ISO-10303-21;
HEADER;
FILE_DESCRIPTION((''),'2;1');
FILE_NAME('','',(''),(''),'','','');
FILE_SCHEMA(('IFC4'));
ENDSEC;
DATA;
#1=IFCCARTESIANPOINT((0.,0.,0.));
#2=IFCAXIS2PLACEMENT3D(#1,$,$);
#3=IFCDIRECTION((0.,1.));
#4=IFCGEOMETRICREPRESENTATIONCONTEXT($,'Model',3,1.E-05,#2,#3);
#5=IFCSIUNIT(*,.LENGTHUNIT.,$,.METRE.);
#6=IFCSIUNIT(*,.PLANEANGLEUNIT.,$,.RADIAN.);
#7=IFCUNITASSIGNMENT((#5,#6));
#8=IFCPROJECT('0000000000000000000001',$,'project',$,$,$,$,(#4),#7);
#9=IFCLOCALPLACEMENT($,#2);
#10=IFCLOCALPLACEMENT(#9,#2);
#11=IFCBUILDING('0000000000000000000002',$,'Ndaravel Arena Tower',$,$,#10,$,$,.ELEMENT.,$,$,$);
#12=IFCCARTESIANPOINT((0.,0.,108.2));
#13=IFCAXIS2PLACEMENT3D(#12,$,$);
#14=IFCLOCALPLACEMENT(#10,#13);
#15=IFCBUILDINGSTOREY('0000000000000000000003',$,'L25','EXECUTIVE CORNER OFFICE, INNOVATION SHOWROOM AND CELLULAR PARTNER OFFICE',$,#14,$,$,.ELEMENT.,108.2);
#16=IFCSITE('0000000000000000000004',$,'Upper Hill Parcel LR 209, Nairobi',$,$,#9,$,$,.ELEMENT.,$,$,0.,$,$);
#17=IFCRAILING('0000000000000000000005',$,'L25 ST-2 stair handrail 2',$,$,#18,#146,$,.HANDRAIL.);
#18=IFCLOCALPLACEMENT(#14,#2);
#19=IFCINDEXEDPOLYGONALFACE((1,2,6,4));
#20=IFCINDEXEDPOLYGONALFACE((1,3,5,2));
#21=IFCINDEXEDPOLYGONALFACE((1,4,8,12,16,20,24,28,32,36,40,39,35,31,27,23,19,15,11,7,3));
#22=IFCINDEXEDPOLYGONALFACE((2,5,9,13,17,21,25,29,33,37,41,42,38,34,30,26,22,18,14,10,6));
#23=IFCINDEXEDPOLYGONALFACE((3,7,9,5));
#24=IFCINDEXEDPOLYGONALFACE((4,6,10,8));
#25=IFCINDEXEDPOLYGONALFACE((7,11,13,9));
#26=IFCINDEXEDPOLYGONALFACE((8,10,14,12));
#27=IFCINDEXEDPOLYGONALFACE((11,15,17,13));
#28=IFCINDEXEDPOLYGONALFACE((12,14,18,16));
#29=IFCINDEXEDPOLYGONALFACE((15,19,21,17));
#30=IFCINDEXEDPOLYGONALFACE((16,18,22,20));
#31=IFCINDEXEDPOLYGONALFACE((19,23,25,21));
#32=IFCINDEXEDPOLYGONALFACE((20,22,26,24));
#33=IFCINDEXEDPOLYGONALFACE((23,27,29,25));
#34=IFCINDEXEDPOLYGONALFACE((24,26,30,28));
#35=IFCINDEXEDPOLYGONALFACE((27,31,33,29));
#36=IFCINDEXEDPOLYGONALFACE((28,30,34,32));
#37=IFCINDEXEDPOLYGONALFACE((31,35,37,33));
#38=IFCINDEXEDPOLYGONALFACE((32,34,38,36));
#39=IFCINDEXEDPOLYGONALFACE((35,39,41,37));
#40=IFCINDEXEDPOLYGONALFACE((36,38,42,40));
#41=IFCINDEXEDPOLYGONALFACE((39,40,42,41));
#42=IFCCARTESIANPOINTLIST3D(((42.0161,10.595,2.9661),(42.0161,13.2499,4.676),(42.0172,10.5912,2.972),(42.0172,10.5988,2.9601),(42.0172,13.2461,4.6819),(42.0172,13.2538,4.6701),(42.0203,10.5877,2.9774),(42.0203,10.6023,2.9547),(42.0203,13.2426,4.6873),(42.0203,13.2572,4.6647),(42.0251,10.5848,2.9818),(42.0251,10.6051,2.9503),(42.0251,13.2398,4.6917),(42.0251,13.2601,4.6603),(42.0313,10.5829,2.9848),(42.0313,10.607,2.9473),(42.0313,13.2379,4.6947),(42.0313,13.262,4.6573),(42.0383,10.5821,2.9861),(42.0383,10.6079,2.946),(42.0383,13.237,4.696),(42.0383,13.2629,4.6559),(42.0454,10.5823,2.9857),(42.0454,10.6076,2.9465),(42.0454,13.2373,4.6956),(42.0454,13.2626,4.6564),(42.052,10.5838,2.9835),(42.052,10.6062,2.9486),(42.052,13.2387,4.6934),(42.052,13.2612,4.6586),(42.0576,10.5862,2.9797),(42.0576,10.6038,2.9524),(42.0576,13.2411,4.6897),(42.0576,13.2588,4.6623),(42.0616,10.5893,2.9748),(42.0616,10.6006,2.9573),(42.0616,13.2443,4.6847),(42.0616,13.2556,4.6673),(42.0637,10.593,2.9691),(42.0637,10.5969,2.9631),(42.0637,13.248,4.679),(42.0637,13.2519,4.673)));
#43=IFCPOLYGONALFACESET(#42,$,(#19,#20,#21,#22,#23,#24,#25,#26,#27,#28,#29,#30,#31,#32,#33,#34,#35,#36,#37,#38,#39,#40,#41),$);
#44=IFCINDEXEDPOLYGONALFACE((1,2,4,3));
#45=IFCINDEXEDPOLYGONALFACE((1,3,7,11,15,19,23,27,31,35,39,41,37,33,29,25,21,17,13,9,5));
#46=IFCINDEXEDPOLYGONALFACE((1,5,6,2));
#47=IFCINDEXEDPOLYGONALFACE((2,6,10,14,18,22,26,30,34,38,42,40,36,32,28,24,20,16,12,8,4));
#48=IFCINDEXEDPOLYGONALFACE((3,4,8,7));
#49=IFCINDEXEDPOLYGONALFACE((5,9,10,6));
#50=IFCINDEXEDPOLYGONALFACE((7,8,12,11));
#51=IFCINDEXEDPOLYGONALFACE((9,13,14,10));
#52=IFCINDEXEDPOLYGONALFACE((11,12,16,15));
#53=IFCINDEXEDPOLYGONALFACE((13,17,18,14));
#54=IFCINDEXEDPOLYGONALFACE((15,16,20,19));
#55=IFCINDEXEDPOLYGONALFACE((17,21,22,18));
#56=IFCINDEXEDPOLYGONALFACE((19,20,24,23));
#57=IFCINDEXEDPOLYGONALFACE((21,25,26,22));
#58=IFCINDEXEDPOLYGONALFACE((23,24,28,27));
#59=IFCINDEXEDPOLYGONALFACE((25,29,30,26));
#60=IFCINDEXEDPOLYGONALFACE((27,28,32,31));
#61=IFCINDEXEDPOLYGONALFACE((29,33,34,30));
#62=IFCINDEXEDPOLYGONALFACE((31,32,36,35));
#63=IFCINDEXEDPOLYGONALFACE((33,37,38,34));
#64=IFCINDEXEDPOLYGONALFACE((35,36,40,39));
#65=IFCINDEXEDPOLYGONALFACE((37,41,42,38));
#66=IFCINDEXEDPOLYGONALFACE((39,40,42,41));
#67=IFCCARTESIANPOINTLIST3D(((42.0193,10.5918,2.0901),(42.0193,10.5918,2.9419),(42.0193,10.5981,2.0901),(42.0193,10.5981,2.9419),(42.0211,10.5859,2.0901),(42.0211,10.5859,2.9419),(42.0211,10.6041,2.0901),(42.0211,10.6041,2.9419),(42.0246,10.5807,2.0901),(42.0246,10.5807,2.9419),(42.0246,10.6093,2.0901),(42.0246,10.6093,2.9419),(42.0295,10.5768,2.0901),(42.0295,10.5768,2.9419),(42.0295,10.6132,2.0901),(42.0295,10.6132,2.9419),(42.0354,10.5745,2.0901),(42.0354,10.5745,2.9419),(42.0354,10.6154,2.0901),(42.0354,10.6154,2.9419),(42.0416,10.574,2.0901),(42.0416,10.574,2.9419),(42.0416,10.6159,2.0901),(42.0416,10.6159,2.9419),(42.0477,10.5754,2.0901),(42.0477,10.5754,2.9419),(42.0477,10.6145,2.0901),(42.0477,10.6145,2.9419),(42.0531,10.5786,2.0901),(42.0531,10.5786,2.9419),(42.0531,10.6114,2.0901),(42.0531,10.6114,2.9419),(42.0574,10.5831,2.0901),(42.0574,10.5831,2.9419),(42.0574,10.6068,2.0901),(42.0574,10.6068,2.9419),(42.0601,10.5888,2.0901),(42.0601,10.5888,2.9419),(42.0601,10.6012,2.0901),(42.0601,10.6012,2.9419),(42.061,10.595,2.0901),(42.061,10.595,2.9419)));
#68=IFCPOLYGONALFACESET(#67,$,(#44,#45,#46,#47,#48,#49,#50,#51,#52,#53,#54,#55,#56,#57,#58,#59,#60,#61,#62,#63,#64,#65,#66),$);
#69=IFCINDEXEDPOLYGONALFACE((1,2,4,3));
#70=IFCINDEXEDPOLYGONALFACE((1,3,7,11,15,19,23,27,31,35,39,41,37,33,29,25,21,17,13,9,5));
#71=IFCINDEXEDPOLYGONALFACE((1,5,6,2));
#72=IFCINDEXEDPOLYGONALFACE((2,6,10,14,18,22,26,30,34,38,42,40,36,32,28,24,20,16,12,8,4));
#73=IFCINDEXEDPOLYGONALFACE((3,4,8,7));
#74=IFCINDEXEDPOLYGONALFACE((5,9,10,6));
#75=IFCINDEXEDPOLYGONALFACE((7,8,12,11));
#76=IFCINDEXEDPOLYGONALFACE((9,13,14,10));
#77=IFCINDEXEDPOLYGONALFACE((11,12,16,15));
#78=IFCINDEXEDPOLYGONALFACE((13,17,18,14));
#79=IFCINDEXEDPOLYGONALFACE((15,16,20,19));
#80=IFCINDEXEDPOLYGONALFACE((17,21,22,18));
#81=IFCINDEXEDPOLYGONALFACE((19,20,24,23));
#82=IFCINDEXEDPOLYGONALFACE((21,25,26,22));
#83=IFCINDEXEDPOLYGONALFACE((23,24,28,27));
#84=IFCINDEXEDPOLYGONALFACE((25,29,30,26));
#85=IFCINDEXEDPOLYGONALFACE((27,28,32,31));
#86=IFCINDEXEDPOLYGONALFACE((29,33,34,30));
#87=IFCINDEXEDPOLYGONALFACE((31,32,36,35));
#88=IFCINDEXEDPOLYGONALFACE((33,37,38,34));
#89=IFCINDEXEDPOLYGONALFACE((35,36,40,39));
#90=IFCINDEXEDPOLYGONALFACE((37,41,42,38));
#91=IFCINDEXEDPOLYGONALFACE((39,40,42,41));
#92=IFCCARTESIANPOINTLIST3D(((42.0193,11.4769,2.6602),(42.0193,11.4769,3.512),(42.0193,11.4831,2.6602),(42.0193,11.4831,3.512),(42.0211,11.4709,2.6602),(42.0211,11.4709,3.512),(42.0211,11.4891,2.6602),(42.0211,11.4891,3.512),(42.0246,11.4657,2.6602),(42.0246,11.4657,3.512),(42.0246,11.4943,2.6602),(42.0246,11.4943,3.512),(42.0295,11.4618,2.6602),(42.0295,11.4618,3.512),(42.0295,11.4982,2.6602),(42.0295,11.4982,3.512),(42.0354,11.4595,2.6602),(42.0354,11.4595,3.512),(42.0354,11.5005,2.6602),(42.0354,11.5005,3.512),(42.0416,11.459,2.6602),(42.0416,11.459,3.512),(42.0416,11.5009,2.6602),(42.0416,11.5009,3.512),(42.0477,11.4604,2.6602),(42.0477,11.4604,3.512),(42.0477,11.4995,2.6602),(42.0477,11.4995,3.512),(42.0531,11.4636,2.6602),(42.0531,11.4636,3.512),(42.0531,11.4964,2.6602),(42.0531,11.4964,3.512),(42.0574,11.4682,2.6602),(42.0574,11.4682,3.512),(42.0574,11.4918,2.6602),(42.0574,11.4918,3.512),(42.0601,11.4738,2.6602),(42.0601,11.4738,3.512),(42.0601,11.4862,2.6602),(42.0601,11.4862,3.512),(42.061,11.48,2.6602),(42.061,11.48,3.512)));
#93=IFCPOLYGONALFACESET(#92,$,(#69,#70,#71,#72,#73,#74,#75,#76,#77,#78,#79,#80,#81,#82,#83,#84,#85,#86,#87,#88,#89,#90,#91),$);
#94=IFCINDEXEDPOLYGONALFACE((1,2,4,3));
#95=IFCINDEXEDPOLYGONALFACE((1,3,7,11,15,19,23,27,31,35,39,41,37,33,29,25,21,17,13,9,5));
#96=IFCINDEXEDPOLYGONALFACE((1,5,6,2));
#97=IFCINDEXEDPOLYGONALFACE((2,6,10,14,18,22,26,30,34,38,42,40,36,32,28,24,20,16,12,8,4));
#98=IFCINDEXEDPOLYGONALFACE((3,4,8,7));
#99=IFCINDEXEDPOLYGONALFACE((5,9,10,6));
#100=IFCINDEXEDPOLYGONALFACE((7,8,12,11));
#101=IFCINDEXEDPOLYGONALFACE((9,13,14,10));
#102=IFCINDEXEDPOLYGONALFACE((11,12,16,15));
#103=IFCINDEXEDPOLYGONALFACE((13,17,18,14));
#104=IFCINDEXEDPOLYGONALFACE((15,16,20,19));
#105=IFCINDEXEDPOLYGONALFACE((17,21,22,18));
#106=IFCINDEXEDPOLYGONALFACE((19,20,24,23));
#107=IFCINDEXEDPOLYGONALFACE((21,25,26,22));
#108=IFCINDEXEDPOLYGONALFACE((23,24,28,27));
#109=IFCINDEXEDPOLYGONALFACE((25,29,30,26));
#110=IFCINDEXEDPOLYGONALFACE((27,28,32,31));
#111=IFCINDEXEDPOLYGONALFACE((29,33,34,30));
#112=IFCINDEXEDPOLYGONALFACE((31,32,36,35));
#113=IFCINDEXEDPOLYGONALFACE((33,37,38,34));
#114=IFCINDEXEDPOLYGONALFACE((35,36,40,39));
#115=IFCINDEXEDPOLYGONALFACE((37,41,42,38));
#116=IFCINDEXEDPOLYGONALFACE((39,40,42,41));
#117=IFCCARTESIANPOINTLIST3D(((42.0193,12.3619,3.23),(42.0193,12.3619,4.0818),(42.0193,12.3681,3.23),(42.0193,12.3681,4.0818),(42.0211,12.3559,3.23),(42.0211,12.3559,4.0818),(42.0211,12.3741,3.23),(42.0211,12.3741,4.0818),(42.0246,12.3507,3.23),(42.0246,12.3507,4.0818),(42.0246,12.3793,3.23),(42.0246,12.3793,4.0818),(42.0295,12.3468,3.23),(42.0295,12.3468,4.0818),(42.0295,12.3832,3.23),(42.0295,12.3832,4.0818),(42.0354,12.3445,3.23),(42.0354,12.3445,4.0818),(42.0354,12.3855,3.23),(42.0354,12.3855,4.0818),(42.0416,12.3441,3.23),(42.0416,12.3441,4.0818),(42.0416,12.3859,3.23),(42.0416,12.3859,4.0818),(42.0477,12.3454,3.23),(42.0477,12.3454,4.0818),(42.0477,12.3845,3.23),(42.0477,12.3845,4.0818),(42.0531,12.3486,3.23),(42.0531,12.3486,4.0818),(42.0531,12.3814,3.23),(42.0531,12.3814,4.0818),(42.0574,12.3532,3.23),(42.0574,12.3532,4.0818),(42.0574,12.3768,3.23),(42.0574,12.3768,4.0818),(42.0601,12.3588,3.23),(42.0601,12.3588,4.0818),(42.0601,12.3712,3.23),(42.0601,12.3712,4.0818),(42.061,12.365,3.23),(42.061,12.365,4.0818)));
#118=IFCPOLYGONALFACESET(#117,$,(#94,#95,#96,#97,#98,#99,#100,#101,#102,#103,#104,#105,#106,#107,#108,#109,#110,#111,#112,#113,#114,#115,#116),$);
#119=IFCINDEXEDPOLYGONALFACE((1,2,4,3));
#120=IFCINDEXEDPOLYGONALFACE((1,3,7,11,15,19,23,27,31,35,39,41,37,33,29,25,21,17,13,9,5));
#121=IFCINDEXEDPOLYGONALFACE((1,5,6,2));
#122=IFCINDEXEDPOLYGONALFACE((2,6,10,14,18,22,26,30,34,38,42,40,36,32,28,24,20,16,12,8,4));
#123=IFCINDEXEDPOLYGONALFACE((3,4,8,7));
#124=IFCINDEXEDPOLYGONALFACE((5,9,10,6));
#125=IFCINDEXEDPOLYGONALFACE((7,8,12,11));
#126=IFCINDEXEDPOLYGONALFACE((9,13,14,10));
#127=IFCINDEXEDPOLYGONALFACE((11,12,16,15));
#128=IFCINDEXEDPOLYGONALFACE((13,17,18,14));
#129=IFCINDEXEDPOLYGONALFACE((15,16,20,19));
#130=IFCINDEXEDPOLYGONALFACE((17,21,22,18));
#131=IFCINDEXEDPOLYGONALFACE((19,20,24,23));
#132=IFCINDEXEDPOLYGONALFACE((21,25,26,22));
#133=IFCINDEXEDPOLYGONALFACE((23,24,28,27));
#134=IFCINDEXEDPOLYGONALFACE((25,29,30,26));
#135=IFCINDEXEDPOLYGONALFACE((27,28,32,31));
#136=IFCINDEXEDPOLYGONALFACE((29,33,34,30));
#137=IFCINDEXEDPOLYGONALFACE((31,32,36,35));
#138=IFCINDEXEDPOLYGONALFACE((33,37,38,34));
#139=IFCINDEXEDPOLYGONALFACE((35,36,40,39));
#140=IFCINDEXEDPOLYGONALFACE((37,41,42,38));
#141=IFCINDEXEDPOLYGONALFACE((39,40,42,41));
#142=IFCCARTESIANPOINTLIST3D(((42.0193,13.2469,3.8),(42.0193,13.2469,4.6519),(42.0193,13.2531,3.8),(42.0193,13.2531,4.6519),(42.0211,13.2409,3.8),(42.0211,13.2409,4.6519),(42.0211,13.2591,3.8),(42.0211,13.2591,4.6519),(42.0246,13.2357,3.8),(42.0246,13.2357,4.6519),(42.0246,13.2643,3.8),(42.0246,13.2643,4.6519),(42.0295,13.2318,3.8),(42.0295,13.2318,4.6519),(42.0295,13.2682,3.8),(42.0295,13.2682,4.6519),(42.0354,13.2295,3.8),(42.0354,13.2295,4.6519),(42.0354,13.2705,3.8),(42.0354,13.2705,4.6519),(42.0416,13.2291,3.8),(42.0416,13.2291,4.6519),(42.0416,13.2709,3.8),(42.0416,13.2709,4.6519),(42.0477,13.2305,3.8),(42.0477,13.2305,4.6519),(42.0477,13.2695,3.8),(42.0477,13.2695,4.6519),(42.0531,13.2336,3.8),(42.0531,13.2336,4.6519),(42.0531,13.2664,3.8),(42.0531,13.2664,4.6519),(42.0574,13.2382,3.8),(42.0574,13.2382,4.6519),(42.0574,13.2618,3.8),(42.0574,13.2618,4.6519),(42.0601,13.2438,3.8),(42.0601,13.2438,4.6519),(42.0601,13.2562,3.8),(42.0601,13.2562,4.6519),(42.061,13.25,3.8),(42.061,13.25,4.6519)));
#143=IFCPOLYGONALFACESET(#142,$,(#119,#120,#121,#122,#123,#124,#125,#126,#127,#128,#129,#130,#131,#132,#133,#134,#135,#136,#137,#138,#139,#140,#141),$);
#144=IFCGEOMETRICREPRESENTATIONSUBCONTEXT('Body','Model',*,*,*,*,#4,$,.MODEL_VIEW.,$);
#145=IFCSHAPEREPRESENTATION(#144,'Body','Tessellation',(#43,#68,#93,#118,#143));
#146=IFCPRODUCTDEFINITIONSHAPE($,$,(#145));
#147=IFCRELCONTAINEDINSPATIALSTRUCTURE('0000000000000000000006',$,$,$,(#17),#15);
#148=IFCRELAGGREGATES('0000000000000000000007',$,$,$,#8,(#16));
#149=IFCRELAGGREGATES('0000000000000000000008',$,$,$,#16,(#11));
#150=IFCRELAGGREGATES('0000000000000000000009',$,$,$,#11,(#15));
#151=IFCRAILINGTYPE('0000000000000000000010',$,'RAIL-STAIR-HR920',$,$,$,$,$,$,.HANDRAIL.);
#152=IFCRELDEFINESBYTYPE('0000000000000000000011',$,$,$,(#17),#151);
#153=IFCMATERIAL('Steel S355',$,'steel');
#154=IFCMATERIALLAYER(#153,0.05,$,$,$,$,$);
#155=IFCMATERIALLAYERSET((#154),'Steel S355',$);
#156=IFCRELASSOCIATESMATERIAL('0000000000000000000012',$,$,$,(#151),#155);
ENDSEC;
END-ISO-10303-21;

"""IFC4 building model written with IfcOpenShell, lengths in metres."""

from ifc_helpers import new_model, si_unit, direction, frame, origin, origin_2d, place, context, subcontext, project, spatial, circle, extrude, material, layer, layer_set, type_object, element, save


model = new_model("IFC4")

# Units and contexts
model_context = context("Model", 3, precision=1e-05, world=origin(), true_north=direction((0.0, 1.0)))
body_context = subcontext(model_context, "Body", "Model", "MODEL_VIEW")
ifc_project = project(units=[si_unit("LENGTHUNIT", "METRE"), si_unit("PLANEANGLEUNIT", "RADIAN")], contexts=[model_context])

# Site, building, storey
site_placement = place(None, origin())
site = spatial("IfcSite", under=ifc_project, at=site_placement, Name="Upper Hill Parcel LR 209, Nairobi", CompositionType="ELEMENT", RefElevation=0.0)
building_placement = place(site_placement, origin())
building = spatial("IfcBuilding", under=site, at=building_placement, Name="Ndaravel Arena Tower", CompositionType="ELEMENT")
storey_placement = place(building_placement, frame((0.0, 0.0, 108.2)))
storey = spatial("IfcBuildingStorey", under=building, at=storey_placement, Name="L25", Description="EXECUTIVE CORNER OFFICE, INNOVATION SHOWROOM AND CELLULAR PARTNER OFFICE", CompositionType="ELEMENT", Elevation=108.2)

# Railing
ifc_material_1 = material(Name="Steel S355", Category="steel")
ifc_layer_1 = layer(ifc_material_1, 0.05)
ifc_layer_set_1 = layer_set([ifc_layer_1], Name="Steel S355")
railing_type_1 = type_object("IfcRailingType", Name="RAIL-STAIR-HR920", PredefinedType="HANDRAIL", material=ifc_layer_set_1)
railing_1_placement = place(storey_placement, frame((42.04, 10.595, 2.0901)))
element("IfcRailing", 1, at=railing_1_placement, inside=storey, type_object=railing_type_1, Name="L25 ST-2 stair handrail 2", PredefinedType="HANDRAIL", context=body_context, shape_type="SweptSolid", body=[
    extrude(circle(Radius=0.0239, at=origin_2d()), frame((0.0, 0.0, 0.876), z_axis=(0.0, 0.840724, 0.541465), x_axis=(-1.0, 0.0, 0.0)), (0.0, 0.0, 1.0), 3.158),
    extrude(circle(Radius=0.021, at=origin_2d()), origin(), (0.0, 0.0, 1.0), 0.8518),
    extrude(circle(Radius=0.021, at=origin_2d()), frame((0.0, 0.885, 0.5701)), (0.0, 0.0, 1.0), 0.8518),
    extrude(circle(Radius=0.021, at=origin_2d()), frame((0.0, 1.77, 1.1399)), (0.0, 0.0, 1.0), 0.8518),
    extrude(circle(Radius=0.021, at=origin_2d()), frame((0.0, 2.655, 1.71)), (0.0, 0.0, 1.0), 0.8518),
])

save(model, "model.ifc")
